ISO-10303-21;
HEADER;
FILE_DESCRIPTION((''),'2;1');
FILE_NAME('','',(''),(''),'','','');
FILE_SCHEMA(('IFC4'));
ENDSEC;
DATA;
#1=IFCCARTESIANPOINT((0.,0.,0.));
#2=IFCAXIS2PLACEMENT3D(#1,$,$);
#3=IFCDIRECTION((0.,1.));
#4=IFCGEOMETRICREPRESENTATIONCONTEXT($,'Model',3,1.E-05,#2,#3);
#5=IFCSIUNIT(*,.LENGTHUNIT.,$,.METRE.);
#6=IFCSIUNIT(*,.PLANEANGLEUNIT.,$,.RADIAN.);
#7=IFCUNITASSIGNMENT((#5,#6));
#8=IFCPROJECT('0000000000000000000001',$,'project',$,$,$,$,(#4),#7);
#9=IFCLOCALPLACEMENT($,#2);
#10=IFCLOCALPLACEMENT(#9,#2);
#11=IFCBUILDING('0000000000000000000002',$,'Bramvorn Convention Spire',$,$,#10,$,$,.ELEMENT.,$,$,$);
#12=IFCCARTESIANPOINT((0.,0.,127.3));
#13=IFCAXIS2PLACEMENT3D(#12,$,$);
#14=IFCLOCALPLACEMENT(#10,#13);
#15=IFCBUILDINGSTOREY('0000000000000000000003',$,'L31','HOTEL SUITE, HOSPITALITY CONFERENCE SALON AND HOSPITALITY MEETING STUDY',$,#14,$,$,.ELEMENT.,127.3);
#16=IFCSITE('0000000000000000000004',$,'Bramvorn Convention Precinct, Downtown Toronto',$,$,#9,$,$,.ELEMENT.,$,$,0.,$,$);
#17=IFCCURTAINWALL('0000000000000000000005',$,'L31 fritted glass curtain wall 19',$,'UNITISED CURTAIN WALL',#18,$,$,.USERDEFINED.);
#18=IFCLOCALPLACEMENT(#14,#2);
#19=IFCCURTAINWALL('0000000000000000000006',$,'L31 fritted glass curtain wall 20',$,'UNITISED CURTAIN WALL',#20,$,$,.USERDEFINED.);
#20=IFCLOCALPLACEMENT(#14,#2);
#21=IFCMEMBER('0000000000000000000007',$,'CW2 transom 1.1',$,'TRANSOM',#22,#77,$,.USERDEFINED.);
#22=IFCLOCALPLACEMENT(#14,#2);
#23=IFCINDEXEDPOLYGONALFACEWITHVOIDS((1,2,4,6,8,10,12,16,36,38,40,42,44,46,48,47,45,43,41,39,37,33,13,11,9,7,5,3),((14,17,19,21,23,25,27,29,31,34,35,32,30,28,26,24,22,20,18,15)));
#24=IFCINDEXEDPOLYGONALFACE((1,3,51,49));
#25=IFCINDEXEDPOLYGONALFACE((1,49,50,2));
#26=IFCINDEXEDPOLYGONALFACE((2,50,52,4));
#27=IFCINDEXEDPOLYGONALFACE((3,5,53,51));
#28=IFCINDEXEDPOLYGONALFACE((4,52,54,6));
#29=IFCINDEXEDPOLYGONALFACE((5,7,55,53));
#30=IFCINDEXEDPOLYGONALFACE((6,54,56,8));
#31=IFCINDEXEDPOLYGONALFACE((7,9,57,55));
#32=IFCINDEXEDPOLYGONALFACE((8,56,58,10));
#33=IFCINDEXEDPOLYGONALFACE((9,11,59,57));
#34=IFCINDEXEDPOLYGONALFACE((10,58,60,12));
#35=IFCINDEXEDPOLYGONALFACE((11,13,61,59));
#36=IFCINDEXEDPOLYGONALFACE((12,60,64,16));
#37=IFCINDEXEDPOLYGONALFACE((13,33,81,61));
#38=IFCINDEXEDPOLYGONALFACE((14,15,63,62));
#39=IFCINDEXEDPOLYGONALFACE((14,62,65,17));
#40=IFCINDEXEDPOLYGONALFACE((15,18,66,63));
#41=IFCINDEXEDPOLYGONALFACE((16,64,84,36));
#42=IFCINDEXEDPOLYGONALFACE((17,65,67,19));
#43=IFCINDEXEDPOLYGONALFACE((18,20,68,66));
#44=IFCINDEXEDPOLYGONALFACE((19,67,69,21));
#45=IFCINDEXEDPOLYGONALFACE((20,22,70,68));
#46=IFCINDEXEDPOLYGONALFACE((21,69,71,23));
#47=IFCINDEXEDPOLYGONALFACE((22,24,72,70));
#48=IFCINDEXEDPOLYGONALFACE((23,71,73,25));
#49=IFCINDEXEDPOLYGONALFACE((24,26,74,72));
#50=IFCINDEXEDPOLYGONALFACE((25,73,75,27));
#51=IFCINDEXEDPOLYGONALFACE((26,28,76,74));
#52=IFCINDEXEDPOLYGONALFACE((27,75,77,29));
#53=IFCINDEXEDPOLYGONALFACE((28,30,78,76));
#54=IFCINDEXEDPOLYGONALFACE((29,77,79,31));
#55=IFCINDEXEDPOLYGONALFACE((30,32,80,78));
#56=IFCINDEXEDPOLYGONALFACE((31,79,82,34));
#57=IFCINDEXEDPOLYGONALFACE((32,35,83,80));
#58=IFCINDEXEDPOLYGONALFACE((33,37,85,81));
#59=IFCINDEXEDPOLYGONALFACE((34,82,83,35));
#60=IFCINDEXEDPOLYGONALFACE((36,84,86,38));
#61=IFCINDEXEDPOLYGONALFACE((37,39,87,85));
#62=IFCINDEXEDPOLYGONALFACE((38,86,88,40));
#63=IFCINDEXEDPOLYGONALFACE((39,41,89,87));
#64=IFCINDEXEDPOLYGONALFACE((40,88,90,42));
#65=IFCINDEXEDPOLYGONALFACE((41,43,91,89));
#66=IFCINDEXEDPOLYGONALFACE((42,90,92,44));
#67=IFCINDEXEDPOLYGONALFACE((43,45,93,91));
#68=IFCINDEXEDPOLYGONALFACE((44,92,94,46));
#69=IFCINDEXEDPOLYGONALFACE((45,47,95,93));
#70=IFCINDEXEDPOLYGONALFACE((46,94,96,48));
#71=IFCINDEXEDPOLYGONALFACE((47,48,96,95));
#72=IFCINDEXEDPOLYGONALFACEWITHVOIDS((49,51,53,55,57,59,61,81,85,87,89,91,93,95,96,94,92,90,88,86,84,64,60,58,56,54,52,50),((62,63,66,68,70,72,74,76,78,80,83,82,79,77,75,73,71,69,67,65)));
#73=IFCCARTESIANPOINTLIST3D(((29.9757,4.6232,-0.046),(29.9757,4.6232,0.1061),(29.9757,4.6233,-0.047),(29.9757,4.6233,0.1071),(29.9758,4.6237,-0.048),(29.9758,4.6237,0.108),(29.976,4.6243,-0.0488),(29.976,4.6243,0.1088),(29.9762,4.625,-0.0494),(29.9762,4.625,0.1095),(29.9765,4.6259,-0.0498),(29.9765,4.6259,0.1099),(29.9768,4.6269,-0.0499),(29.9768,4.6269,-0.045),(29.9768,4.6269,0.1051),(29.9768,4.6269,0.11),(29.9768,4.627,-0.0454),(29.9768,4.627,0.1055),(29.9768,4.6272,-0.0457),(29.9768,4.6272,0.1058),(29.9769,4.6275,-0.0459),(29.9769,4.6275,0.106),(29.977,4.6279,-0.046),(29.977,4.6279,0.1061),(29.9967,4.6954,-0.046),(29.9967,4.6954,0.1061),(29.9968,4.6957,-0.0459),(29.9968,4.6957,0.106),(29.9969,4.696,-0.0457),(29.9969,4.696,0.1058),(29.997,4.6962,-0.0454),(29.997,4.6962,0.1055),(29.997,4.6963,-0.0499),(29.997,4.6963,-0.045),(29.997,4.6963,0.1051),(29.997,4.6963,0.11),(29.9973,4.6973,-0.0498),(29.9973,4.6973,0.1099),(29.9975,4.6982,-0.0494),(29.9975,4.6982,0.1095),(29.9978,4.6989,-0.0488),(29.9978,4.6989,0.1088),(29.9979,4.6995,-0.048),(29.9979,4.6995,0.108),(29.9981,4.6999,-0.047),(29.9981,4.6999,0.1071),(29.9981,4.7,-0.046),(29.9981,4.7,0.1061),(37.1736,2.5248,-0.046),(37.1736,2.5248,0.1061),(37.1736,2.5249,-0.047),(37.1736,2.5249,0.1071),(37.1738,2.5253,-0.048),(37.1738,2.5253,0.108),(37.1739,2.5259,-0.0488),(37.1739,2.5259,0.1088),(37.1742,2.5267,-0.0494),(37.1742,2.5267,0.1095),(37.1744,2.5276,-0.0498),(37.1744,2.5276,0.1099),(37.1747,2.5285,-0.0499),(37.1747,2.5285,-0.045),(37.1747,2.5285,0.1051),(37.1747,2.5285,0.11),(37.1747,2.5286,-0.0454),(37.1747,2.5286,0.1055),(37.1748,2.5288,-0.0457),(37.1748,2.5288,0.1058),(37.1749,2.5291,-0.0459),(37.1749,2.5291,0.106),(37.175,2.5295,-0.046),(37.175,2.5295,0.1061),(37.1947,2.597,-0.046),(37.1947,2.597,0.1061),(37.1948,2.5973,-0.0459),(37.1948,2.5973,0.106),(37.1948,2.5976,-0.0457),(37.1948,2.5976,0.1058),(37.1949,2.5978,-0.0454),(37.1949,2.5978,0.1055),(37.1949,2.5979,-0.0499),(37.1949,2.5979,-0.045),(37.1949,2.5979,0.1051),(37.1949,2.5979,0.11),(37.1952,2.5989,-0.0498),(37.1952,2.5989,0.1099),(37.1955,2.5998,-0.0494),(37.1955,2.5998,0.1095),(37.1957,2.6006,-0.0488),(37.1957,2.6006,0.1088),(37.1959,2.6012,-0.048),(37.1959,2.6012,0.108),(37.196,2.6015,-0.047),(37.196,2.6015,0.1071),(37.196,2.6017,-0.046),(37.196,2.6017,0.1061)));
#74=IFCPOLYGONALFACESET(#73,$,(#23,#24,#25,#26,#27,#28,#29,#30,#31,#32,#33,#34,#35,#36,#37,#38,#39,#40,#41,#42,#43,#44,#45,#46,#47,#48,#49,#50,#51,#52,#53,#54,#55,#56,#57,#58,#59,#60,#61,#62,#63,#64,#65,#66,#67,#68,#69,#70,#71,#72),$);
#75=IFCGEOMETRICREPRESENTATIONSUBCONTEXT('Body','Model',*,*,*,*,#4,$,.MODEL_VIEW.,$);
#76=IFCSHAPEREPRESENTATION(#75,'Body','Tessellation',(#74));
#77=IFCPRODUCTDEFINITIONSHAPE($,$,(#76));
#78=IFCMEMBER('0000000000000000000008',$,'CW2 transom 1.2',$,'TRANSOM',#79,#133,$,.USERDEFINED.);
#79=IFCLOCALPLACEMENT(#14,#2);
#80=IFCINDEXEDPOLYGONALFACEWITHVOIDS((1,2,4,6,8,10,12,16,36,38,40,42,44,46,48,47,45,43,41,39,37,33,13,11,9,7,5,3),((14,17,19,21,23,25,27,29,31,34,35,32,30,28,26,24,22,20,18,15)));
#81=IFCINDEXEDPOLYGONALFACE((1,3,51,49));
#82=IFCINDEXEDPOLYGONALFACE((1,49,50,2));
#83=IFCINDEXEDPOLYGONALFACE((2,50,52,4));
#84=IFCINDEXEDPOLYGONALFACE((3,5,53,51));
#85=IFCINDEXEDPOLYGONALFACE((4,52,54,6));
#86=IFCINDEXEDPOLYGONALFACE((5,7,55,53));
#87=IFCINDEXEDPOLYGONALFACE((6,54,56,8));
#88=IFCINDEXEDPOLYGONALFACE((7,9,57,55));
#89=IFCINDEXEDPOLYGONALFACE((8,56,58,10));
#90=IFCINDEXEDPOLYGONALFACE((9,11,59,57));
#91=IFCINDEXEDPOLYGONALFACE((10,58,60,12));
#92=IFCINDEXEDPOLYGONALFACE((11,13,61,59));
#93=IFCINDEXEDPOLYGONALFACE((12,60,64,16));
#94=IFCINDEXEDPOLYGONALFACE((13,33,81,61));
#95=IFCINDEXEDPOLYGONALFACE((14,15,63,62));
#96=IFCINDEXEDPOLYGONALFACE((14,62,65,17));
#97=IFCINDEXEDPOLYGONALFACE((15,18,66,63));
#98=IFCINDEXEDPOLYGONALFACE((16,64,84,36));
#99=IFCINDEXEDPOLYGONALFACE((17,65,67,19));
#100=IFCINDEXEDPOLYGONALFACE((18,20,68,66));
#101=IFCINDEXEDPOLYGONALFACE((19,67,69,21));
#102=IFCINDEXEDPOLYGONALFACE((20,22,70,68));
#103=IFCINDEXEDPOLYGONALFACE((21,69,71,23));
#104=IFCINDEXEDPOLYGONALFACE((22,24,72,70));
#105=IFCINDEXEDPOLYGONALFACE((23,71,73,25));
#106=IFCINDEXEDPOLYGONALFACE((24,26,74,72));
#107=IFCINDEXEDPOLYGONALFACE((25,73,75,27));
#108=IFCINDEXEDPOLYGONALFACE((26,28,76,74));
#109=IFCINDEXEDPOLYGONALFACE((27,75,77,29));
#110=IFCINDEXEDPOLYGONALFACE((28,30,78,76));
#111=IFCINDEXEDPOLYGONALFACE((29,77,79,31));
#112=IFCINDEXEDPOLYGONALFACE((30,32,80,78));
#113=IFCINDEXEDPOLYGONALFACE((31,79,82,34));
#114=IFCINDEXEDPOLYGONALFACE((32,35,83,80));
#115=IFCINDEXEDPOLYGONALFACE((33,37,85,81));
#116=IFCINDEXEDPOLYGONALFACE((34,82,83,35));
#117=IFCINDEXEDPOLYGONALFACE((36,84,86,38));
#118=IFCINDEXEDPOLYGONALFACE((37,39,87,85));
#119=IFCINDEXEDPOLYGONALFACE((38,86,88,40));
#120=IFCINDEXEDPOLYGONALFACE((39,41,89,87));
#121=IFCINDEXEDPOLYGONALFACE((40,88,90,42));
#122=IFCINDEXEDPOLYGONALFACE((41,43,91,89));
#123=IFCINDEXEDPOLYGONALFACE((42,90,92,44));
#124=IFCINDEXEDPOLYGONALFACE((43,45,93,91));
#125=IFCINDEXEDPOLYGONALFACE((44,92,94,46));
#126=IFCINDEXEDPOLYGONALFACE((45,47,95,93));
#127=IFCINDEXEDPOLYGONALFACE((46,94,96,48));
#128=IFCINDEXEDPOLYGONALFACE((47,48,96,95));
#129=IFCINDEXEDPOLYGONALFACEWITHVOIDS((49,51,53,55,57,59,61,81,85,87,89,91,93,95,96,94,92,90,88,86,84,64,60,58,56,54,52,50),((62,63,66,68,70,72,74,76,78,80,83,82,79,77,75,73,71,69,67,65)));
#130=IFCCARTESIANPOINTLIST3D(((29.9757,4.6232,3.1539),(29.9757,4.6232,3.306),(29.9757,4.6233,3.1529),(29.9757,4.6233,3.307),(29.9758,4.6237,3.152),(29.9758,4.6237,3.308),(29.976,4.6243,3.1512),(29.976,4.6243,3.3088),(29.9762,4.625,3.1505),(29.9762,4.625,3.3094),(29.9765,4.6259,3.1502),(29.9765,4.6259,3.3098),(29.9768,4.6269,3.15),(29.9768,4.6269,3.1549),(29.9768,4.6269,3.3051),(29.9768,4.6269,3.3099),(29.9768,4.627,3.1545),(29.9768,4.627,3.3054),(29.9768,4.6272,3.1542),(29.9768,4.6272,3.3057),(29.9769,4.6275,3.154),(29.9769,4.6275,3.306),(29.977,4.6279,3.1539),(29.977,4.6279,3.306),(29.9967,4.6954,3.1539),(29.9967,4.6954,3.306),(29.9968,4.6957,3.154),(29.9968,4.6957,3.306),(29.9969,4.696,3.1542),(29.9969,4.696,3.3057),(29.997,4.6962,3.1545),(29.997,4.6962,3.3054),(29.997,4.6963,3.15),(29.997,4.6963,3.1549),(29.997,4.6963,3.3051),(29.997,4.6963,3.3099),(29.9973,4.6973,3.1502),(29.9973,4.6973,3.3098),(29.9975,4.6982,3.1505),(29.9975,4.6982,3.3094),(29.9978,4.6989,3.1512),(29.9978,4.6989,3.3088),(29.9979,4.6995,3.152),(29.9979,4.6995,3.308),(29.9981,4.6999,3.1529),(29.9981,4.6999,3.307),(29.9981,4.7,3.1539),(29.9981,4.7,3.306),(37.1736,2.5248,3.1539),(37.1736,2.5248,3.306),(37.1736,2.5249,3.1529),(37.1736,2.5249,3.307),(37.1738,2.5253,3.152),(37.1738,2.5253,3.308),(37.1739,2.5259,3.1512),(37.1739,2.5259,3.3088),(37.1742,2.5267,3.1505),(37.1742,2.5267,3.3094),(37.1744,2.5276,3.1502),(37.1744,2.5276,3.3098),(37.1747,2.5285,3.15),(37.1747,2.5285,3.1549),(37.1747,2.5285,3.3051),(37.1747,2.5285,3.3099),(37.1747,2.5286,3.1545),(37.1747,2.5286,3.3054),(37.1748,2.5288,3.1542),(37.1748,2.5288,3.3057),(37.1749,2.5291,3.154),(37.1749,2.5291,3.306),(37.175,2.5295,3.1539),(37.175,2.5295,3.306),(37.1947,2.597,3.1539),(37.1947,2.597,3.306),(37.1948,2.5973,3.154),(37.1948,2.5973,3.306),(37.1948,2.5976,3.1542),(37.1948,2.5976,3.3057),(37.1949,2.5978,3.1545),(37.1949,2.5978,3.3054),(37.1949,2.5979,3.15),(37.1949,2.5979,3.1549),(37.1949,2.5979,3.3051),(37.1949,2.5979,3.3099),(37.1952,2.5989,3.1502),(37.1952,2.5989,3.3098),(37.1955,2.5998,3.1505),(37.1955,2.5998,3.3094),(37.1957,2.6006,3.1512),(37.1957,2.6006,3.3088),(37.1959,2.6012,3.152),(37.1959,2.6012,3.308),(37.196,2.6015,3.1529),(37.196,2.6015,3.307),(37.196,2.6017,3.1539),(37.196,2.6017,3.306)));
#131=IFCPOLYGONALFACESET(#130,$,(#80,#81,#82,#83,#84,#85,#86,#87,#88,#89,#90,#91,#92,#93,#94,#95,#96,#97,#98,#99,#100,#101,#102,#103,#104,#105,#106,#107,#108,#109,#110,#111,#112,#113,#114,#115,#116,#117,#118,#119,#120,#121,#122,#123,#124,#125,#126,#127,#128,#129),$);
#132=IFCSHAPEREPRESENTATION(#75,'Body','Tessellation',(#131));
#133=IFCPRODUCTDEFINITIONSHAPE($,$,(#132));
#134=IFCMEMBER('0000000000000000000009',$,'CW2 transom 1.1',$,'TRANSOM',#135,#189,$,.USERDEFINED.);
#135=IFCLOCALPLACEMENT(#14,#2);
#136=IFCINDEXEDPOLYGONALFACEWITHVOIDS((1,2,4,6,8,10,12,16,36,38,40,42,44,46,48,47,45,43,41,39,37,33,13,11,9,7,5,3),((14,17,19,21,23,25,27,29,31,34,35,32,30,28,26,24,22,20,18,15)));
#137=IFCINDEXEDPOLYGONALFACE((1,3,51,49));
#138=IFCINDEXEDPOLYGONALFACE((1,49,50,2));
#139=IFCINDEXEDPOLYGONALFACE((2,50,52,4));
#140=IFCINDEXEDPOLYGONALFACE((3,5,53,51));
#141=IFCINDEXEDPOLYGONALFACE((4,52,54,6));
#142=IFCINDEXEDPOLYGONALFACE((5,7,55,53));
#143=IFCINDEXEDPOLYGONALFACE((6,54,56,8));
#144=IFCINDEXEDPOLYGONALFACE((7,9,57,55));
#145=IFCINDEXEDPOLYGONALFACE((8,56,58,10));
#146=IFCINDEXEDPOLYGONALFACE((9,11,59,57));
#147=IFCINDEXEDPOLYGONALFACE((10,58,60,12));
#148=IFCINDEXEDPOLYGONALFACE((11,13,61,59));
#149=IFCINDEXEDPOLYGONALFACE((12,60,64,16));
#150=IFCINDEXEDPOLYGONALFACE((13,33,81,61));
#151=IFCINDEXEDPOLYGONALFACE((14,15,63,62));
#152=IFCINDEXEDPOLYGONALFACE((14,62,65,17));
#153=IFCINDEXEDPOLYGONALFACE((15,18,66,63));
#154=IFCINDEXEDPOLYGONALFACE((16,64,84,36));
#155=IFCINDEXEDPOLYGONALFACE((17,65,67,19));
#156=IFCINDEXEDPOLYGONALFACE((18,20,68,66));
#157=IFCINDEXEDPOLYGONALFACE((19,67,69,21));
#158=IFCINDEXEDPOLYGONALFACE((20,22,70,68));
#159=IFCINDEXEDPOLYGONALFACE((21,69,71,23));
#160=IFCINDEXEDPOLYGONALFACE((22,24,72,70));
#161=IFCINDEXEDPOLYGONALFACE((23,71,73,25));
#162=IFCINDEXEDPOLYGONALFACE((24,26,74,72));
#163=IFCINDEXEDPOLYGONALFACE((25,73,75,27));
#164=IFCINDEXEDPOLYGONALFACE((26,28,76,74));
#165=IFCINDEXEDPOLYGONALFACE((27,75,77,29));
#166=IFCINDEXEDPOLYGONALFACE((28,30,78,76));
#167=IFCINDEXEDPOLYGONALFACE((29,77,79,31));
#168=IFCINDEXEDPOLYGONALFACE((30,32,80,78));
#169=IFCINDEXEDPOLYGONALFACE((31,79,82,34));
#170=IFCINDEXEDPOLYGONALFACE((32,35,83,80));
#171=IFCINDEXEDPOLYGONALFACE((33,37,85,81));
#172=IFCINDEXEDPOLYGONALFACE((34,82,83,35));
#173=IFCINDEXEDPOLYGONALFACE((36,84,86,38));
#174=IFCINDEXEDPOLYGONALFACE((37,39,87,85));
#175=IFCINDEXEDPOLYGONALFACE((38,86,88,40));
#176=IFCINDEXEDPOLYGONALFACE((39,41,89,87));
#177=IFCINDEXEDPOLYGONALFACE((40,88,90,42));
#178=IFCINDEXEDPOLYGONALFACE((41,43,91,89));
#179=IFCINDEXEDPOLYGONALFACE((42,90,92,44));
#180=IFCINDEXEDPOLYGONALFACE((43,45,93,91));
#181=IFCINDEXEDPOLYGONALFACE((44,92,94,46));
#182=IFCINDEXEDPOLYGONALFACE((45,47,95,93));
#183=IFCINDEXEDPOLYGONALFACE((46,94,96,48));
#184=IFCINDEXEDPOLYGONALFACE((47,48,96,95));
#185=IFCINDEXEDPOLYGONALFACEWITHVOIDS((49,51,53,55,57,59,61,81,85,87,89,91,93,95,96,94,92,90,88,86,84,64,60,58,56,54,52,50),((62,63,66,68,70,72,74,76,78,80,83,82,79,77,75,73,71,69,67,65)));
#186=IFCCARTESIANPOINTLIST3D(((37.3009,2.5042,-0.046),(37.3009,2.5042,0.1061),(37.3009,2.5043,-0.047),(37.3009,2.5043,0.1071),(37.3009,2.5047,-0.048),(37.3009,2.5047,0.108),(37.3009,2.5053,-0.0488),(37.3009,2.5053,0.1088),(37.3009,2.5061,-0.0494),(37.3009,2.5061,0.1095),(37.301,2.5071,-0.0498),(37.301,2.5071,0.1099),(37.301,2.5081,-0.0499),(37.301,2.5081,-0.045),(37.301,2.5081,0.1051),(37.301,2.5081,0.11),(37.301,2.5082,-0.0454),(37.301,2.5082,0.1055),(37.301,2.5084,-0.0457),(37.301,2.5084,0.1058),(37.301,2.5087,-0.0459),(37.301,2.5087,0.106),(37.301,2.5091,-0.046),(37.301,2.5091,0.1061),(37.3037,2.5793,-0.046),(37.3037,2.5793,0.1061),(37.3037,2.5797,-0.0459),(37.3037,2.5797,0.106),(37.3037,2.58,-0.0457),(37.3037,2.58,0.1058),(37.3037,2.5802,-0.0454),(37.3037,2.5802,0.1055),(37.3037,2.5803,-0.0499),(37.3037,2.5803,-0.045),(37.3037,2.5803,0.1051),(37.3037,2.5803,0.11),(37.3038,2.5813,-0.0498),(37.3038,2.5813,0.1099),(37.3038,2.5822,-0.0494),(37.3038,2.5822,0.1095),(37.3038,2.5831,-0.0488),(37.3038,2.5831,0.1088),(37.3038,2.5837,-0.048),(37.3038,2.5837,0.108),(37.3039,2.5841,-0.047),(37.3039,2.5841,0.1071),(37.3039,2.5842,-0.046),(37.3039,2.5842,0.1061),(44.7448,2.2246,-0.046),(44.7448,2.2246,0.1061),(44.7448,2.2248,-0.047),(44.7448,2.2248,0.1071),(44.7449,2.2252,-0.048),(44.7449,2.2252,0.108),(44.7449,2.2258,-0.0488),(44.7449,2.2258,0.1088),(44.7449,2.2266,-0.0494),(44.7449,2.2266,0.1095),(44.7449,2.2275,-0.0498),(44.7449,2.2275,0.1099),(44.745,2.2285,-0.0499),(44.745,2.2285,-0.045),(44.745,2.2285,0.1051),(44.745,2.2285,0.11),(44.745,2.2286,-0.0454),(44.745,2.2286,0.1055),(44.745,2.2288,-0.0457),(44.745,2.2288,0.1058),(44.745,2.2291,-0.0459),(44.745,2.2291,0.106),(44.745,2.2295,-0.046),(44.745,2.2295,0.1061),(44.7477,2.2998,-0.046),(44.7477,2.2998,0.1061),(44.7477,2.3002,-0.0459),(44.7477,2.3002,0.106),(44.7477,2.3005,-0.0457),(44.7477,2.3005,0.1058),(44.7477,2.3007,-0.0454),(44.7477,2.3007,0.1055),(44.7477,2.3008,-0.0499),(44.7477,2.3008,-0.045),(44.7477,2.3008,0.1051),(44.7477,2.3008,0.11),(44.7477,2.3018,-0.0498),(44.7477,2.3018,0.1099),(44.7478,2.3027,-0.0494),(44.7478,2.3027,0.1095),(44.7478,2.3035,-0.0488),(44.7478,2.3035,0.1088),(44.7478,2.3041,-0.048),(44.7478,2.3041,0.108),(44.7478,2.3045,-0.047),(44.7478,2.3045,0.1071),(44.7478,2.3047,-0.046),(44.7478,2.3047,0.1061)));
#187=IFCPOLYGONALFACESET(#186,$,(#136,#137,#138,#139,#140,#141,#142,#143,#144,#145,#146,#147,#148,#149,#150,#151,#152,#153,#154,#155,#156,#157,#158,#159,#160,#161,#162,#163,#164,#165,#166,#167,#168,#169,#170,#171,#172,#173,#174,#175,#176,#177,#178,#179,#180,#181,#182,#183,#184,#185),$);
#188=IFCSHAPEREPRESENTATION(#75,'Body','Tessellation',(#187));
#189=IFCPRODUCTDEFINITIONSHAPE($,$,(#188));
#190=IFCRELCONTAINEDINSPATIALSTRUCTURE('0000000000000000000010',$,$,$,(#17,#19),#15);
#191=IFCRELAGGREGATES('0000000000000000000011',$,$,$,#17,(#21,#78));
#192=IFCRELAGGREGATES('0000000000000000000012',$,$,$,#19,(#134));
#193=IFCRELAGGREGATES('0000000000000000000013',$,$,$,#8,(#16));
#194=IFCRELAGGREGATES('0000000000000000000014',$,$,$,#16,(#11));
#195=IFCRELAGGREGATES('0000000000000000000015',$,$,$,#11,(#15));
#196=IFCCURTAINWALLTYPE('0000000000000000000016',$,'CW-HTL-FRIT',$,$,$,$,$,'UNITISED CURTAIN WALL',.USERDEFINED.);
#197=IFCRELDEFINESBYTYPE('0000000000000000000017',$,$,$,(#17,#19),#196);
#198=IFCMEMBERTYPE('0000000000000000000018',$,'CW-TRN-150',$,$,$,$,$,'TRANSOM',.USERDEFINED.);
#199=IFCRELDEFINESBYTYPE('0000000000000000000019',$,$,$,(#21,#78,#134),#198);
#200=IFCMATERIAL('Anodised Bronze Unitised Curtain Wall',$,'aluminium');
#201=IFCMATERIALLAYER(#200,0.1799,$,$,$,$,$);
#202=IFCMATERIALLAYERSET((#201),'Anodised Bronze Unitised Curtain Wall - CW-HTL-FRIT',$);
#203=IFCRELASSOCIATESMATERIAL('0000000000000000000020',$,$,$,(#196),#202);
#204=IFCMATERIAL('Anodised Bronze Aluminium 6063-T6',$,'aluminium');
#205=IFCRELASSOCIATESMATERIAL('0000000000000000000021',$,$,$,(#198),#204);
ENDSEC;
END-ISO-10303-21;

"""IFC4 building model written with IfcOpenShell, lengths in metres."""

from ifc_helpers import new_model, si_unit, direction, frame, origin, origin_2d, place, context, subcontext, project, spatial, hollow_rectangle, extrude, material, layer, layer_set, material_profile, profile_set, type_object, element, aggregate, save


model = new_model("IFC4")

# Units and contexts
model_context = context("Model", 3, precision=1e-05, world=origin(), true_north=direction((0.0, 1.0)))
body_context = subcontext(model_context, "Body", "Model", "MODEL_VIEW")
ifc_project = project(units=[si_unit("LENGTHUNIT", "METRE"), si_unit("PLANEANGLEUNIT", "RADIAN")], contexts=[model_context])

# Site, building, storey
site_placement = place(None, origin())
site = spatial("IfcSite", under=ifc_project, at=site_placement, Name="Bramvorn Convention Precinct, Downtown Toronto", CompositionType="ELEMENT", RefElevation=0.0)
building_placement = place(site_placement, origin())
building = spatial("IfcBuilding", under=site, at=building_placement, Name="Bramvorn Convention Spire", CompositionType="ELEMENT")
storey_placement = place(building_placement, frame((0.0, 0.0, 127.3)))
storey = spatial("IfcBuildingStorey", under=building, at=storey_placement, Name="L31", Description="HOTEL SUITE, HOSPITALITY CONFERENCE SALON AND HOSPITALITY MEETING STUDY", CompositionType="ELEMENT", Elevation=127.3)

# Curtain wall
ifc_material_1 = material(Name="Anodised Bronze Unitised Curtain Wall", Category="aluminium")
ifc_layer_1 = layer(ifc_material_1, 0.1799)
ifc_layer_set_1 = layer_set([ifc_layer_1], Name="Anodised Bronze Unitised Curtain Wall - CW-HTL-FRIT")
curtain_wall_type = type_object("IfcCurtainWallType", Name="CW-HTL-FRIT", ElementType="UNITISED CURTAIN WALL", PredefinedType="USERDEFINED", material=ifc_layer_set_1)
curtain_wall_1_placement = place(storey_placement, origin())
curtain_wall_1 = element("IfcCurtainWall", 1, at=curtain_wall_1_placement, inside=storey, type_object=curtain_wall_type, Name="L31 fritted glass curtain wall 19", ObjectType="UNITISED CURTAIN WALL", PredefinedType="USERDEFINED")
ifc_material_2 = material(Name="Anodised Bronze Aluminium 6063-T6", Category="aluminium")

# Curtain wall
curtain_wall_2_placement = place(storey_placement, origin())
curtain_wall_2 = element("IfcCurtainWall", 2, at=curtain_wall_2_placement, inside=storey, type_object=curtain_wall_type, Name="L31 fritted glass curtain wall 20", ObjectType="UNITISED CURTAIN WALL", PredefinedType="USERDEFINED")

# Members
ifc_material_profile_1 = material_profile(ifc_material_2, hollow_rectangle(XDim=0.0801, YDim=0.1599, WallThickness=0.0039, InnerFilletRadius=0.001, OuterFilletRadius=0.0039, at=origin_2d()))
ifc_profile_set_1 = profile_set([ifc_material_profile_1], Name="Anodised Bronze Aluminium 6063-T6 - CWT80X160")
member_type_1 = type_object("IfcMemberType", Name="CW-TRN-150", ElementType="TRANSOM", PredefinedType="USERDEFINED", material=ifc_profile_set_1)
member_1_placement = place(storey_placement, frame((37.1848, 2.5632, 0.03), z_axis=(-0.960037, 0.279874, 0.0), x_axis=(-0.279874, -0.960037, 0.0)))
member_1 = element("IfcMember", 3, at=member_1_placement, type_object=member_type_1, Name="CW2 transom 1.1", ObjectType="TRANSOM", PredefinedType="USERDEFINED", context=body_context, shape_type="SweptSolid", body=[
    extrude(hollow_rectangle(XDim=0.0801, YDim=0.1599, WallThickness=0.0039, InnerFilletRadius=0.001, OuterFilletRadius=0.0039, at=origin_2d()), origin(), (0.0, 0.0, 1.0), 7.4976),
])
member_2_placement = place(storey_placement, frame((37.1848, 2.5632, 3.23), z_axis=(-0.960037, 0.279874, 0.0), x_axis=(-0.279874, -0.960037, 0.0)))
member_2 = element("IfcMember", 4, at=member_2_placement, type_object=member_type_1, Name="CW2 transom 1.2", ObjectType="TRANSOM", PredefinedType="USERDEFINED", context=body_context, shape_type="SweptSolid", body=[
    extrude(hollow_rectangle(XDim=0.0801, YDim=0.1599, WallThickness=0.0039, InnerFilletRadius=0.001, OuterFilletRadius=0.0039, at=origin_2d()), origin(), (0.0, 0.0, 1.0), 7.4976),
])
aggregate(curtain_wall_1, [member_1, member_2])
member_3_placement = place(storey_placement, frame((44.7463, 2.2646, 0.03), z_axis=(-0.999296, 0.037526, 0.0), x_axis=(-0.037526, -0.999296, 0.0)))
member_3 = element("IfcMember", 5, at=member_3_placement, type_object=member_type_1, Name="CW2 transom 1.1", ObjectType="TRANSOM", PredefinedType="USERDEFINED", context=body_context, shape_type="SweptSolid", body=[
    extrude(hollow_rectangle(XDim=0.0801, YDim=0.1599, WallThickness=0.0039, InnerFilletRadius=0.001, OuterFilletRadius=0.0039, at=origin_2d()), origin(), (0.0, 0.0, 1.0), 7.4492),
])

aggregate(curtain_wall_2, [member_3])

save(model, "model.ifc")
